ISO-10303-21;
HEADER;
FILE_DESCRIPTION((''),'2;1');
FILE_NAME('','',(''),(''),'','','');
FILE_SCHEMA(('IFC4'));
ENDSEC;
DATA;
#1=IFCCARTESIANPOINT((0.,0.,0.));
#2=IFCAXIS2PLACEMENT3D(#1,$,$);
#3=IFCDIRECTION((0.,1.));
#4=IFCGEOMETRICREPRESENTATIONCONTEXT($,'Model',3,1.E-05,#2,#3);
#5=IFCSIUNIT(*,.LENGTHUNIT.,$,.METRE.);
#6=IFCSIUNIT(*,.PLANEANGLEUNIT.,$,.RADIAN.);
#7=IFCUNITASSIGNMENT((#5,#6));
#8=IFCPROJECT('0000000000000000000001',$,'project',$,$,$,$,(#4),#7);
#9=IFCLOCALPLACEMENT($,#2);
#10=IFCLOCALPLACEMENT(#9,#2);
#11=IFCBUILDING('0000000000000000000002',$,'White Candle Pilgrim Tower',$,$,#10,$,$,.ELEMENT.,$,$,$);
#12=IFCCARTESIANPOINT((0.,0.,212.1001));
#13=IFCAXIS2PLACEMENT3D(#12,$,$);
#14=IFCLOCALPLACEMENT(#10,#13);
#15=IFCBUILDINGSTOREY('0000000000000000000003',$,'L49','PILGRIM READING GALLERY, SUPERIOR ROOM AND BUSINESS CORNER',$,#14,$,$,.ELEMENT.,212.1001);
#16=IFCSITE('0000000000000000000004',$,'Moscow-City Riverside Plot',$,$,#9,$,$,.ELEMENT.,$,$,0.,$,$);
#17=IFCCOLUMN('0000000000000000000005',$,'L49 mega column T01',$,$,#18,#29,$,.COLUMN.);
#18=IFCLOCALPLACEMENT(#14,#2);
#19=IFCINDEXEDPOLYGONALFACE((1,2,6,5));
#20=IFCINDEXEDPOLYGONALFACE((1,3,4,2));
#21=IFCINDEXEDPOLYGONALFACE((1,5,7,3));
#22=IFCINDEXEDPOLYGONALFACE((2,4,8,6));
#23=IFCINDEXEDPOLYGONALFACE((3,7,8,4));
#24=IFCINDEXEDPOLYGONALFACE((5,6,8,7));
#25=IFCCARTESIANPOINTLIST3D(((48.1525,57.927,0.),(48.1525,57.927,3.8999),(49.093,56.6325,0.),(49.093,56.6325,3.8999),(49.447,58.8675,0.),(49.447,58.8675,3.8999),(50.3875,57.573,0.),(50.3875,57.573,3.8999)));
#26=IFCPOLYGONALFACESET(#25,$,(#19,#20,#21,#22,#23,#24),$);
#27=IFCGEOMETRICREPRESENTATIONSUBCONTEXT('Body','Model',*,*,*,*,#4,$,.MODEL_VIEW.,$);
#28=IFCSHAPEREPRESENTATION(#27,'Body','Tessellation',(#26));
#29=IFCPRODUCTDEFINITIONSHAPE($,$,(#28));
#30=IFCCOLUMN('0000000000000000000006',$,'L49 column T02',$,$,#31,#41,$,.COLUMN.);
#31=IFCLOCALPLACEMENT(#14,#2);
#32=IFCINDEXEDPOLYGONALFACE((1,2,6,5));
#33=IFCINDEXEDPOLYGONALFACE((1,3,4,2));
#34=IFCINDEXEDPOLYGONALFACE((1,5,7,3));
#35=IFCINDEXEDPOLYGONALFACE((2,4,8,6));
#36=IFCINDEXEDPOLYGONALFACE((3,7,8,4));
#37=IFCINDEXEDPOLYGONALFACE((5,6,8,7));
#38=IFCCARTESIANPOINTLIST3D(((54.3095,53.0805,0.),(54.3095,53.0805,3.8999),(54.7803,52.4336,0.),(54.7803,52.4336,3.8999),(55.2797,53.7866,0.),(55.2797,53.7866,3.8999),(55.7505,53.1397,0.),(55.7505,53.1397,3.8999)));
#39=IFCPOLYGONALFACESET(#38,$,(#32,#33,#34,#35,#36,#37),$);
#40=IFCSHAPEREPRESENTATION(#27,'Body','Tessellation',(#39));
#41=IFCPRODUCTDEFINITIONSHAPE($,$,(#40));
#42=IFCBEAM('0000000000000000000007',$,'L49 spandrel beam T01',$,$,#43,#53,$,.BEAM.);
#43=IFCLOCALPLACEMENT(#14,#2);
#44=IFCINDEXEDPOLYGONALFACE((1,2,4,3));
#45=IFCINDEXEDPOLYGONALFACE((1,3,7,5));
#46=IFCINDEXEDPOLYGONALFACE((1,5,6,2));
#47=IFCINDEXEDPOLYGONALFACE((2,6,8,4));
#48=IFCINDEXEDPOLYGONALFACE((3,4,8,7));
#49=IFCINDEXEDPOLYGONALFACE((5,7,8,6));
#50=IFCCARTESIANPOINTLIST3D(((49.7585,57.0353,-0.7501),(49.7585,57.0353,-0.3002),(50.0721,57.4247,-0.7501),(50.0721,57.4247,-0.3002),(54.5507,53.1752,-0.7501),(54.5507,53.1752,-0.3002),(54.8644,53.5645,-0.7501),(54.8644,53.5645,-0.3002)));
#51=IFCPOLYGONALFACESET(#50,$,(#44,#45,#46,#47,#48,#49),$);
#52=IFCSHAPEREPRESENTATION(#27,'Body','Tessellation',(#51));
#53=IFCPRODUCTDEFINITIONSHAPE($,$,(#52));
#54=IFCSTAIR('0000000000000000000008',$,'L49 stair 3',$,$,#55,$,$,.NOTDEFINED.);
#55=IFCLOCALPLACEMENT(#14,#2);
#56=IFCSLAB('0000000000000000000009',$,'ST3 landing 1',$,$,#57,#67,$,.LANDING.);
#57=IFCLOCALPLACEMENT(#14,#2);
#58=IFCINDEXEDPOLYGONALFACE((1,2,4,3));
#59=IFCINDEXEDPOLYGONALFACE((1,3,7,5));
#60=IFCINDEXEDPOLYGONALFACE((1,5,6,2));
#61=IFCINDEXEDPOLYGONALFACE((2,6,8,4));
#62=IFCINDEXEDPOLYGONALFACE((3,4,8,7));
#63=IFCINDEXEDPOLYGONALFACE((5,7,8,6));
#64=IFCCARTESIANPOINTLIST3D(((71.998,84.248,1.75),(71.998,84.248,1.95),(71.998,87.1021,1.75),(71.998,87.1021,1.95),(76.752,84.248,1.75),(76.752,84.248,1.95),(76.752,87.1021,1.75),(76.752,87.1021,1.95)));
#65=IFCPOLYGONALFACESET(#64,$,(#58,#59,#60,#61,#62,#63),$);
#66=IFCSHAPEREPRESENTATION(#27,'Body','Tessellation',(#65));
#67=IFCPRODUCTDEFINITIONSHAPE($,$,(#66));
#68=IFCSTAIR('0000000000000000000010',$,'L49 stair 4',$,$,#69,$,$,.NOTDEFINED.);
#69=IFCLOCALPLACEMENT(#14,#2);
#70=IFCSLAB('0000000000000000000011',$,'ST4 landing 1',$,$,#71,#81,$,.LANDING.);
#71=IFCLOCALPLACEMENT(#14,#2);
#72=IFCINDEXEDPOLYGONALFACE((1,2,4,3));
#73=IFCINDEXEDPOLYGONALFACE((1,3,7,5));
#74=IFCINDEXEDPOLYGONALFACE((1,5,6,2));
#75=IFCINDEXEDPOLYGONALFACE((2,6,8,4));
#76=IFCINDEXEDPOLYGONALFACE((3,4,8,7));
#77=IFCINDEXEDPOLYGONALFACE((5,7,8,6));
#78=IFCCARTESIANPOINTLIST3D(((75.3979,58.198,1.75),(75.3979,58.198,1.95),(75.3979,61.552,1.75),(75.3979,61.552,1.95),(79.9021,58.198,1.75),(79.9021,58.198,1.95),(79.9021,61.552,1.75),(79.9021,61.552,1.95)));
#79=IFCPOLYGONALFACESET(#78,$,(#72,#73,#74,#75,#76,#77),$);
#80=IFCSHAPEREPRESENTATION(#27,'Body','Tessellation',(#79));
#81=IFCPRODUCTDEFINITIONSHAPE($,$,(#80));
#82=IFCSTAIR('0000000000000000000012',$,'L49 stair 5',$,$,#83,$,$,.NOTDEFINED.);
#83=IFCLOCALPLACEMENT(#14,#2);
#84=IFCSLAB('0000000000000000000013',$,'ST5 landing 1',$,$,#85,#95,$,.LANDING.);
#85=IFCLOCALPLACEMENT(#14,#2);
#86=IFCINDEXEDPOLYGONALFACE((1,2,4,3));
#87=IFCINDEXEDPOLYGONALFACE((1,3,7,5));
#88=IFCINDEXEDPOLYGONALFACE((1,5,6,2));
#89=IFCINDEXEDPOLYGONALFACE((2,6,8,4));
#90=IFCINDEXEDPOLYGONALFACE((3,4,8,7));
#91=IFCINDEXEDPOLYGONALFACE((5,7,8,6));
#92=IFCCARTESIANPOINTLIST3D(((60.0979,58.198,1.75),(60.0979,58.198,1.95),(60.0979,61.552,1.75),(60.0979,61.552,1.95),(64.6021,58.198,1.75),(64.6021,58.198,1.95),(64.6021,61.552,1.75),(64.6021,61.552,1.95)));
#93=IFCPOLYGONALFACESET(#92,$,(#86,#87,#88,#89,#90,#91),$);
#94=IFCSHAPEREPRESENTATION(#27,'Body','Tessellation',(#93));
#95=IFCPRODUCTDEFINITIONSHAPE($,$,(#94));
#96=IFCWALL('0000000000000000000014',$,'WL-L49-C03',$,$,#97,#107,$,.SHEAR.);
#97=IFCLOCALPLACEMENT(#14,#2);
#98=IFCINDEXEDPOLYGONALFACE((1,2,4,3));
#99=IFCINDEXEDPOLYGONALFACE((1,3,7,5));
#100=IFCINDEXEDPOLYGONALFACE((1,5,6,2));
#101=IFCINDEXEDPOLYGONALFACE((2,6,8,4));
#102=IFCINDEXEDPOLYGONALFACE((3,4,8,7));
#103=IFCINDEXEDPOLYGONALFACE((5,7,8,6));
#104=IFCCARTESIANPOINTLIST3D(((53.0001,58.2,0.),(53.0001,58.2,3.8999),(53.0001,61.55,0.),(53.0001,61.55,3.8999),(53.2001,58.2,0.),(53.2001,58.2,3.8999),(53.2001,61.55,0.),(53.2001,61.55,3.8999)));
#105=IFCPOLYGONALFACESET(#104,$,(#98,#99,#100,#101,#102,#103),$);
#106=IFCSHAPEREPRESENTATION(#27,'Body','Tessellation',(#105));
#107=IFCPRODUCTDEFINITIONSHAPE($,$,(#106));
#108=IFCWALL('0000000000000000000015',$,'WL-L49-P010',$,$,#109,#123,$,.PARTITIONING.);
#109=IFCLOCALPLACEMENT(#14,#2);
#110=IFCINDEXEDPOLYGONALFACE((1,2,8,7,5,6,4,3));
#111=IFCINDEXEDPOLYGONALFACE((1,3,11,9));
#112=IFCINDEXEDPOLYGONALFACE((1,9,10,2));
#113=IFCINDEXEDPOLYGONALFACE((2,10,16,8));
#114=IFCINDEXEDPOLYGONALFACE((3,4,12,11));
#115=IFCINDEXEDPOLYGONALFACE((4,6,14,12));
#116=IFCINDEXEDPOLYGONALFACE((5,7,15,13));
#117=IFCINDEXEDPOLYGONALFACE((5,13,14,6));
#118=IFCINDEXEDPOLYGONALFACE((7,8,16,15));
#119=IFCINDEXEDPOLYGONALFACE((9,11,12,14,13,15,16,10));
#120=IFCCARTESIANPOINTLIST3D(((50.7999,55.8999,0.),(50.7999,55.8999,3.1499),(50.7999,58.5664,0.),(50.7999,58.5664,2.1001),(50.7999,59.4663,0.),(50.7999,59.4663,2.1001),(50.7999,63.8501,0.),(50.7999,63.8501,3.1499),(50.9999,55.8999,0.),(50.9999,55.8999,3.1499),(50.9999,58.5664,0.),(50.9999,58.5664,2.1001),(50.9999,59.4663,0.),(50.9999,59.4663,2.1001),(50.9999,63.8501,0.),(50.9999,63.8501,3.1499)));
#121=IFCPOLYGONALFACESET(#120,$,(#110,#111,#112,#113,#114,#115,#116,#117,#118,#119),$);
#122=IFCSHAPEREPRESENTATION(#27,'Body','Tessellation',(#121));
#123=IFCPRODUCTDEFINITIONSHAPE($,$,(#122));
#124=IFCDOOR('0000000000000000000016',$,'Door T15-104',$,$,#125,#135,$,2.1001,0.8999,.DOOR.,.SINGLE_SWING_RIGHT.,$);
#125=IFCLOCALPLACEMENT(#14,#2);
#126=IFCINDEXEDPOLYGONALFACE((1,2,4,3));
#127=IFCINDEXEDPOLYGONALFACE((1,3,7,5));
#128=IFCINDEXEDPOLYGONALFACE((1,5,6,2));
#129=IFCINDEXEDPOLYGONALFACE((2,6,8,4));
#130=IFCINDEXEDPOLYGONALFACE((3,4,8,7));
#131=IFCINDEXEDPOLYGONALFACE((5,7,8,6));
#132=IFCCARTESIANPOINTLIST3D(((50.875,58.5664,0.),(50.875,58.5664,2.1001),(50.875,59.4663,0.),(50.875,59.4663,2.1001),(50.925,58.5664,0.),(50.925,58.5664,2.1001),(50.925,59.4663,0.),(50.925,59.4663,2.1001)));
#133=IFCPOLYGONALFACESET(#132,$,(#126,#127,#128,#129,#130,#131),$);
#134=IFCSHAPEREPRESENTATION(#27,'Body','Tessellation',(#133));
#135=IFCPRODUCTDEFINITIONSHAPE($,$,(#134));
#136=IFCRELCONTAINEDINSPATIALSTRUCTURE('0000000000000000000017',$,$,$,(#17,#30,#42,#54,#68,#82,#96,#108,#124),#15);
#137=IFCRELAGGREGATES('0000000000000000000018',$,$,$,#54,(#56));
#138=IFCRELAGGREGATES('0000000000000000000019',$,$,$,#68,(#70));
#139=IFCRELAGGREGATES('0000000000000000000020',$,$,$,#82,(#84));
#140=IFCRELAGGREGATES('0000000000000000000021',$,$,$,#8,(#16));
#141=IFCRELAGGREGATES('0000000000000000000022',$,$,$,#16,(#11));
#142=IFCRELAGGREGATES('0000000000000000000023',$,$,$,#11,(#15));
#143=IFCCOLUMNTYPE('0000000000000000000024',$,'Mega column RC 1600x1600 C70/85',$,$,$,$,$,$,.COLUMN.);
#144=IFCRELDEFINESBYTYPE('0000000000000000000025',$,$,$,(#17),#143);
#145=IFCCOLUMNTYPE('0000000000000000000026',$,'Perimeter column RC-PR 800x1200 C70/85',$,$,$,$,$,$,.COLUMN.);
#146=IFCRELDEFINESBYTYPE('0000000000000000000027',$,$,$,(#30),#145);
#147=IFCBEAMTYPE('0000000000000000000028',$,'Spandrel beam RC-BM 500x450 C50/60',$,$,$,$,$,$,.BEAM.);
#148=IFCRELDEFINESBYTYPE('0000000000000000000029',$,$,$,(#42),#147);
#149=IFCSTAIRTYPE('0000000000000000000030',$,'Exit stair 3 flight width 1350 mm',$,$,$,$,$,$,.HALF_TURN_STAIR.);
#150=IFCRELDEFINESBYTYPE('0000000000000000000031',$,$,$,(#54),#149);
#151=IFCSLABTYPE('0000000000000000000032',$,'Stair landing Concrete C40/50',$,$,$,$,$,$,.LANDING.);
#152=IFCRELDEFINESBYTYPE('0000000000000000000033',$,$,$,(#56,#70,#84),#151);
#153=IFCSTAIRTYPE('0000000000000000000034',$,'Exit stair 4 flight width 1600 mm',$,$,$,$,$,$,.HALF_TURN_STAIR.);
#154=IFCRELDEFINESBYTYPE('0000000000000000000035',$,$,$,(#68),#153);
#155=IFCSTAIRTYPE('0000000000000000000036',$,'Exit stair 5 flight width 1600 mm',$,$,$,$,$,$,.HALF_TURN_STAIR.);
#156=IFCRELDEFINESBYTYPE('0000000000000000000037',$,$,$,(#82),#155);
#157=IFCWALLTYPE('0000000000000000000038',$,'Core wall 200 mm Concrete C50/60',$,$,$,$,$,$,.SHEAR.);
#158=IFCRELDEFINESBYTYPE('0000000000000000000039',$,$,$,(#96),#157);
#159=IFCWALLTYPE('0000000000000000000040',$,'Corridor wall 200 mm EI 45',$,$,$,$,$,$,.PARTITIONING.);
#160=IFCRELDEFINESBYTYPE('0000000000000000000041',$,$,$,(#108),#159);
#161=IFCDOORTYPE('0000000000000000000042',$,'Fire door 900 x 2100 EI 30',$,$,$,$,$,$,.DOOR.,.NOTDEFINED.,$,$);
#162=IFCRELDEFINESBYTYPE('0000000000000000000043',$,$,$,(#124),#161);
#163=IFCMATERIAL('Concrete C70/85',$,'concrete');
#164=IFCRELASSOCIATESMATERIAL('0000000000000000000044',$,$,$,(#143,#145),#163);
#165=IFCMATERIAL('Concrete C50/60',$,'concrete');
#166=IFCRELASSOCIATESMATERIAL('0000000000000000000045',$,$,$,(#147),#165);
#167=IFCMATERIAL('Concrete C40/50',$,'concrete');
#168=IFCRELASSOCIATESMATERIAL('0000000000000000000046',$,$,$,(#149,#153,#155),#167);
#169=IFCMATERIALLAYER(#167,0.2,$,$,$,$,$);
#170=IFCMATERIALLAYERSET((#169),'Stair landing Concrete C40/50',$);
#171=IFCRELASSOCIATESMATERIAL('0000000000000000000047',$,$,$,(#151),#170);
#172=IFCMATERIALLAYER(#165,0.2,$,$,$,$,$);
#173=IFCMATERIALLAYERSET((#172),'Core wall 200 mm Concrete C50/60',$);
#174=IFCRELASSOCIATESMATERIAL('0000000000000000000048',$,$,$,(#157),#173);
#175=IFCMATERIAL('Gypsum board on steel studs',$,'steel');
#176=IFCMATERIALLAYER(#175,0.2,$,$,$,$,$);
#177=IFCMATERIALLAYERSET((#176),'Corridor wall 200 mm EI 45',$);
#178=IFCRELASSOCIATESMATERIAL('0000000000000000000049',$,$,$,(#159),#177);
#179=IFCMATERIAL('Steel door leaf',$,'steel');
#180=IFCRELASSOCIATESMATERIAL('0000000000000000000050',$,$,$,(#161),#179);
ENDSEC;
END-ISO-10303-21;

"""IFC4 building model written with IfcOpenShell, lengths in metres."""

from ifc_helpers import new_model, si_unit, direction, frame, frame_2d, origin, origin_2d, place, context, subcontext, project, spatial, polyline, rectangle, outline, extrude, material, layer, layer_set, material_profile, profile_set, type_object, element, fill, aggregate, save


model = new_model("IFC4")

# Units and contexts
model_context = context("Model", 3, precision=1e-05, world=origin(), true_north=direction((0.0, 1.0)))
body_context = subcontext(model_context, "Body", "Model", "MODEL_VIEW")
ifc_project = project(units=[si_unit("LENGTHUNIT", "METRE"), si_unit("PLANEANGLEUNIT", "RADIAN")], contexts=[model_context])

# Site, building, storey
site_placement = place(None, origin())
site = spatial("IfcSite", under=ifc_project, at=site_placement, Name="Moscow-City Riverside Plot", CompositionType="ELEMENT", RefElevation=0.0)
building_placement = place(site_placement, origin())
building = spatial("IfcBuilding", under=site, at=building_placement, Name="White Candle Pilgrim Tower", CompositionType="ELEMENT")
storey_placement = place(building_placement, frame((0.0, 0.0, 212.1001)))
storey = spatial("IfcBuildingStorey", under=building, at=storey_placement, Name="L49", Description="PILGRIM READING GALLERY, SUPERIOR ROOM AND BUSINESS CORNER", CompositionType="ELEMENT", Elevation=212.1001)

# Columns
ifc_material_1 = material(Name="Concrete C70/85", Category="concrete")
ifc_material_profile_1 = material_profile(ifc_material_1, rectangle(XDim=1.6001, YDim=1.6001, at=origin_2d()), Name="RC 1600x1600")
ifc_profile_set_1 = profile_set([ifc_material_profile_1], Name="Concrete C70/85")
column_type_1 = type_object("IfcColumnType", Name="Mega column RC 1600x1600 C70/85", PredefinedType="COLUMN", material=ifc_profile_set_1)
column_1_placement = place(storey_placement, frame((49.27, 57.75, 0.0), z_axis=(0.0, 0.0, 1.0), x_axis=(-0.809017, -0.587785, 0.0)))
element("IfcColumn", 1, at=column_1_placement, inside=storey, type_object=column_type_1, Name="L49 mega column T01", PredefinedType="COLUMN", context=body_context, shape_type="SweptSolid", body=[
    extrude(rectangle(XDim=1.6001, YDim=1.6001, at=origin_2d()), origin(), (0.0, 0.0, 1.0), 3.8999),
])
ifc_material_profile_2 = material_profile(ifc_material_1, rectangle(XDim=0.8, YDim=1.2, at=origin_2d()), Name="RC-PR 800x1200")
ifc_profile_set_2 = profile_set([ifc_material_profile_2], Name="Concrete C70/85")
column_type_2 = type_object("IfcColumnType", Name="Perimeter column RC-PR 800x1200 C70/85", PredefinedType="COLUMN", material=ifc_profile_set_2)
column_2_placement = place(storey_placement, frame((55.03, 53.1101, 0.0), z_axis=(0.0, 0.0, 1.0), x_axis=(-0.588463, 0.808524, 0.0)))
element("IfcColumn", 2, at=column_2_placement, inside=storey, type_object=column_type_2, Name="L49 column T02", PredefinedType="COLUMN", context=body_context, shape_type="SweptSolid", body=[
    extrude(rectangle(XDim=0.8, YDim=1.2, at=origin_2d()), origin(), (0.0, 0.0, 1.0), 3.8999),
])

# Beam
ifc_material_2 = material(Name="Concrete C50/60", Category="concrete")
ifc_material_profile_3 = material_profile(ifc_material_2, rectangle(XDim=0.5, YDim=0.45, at=origin_2d()), Name="RC-BM 500x450")
ifc_profile_set_3 = profile_set([ifc_material_profile_3], Name="Concrete C50/60")
beam_type = type_object("IfcBeamType", Name="Spandrel beam RC-BM 500x450 C50/60", PredefinedType="BEAM", material=ifc_profile_set_3)
beam_placement = place(storey_placement, frame((49.9153, 57.23, -0.5251), z_axis=(0.778778, -0.627299, 0.0), x_axis=(0.627299, 0.778778, 0.0)))
element("IfcBeam", 3, at=beam_placement, inside=storey, type_object=beam_type, Name="L49 spandrel beam T01", PredefinedType="BEAM", context=body_context, shape_type="SweptSolid", body=[
    extrude(rectangle(XDim=0.5, YDim=0.45, at=origin_2d()), origin(), (0.0, 0.0, 1.0), 6.1536),
])

# Stairs, slabs
ifc_material_3 = material(Name="Concrete C40/50", Category="concrete")
stair_type_1 = type_object("IfcStairType", Name="Exit stair 3 flight width 1350 mm", PredefinedType="HALF_TURN_STAIR", material=ifc_material_3)
stair_1_placement = place(storey_placement, origin())
stair_1 = element("IfcStair", 4, at=stair_1_placement, inside=storey, type_object=stair_type_1, Name="L49 stair 3", PredefinedType="NOTDEFINED")
ifc_layer_1 = layer(ifc_material_3, 0.2)
ifc_layer_set_1 = layer_set([ifc_layer_1], Name="Stair landing Concrete C40/50")
slab_type = type_object("IfcSlabType", Name="Stair landing Concrete C40/50", PredefinedType="LANDING", material=ifc_layer_set_1)
slab_1_placement = place(storey_placement, frame((0.0, 0.0, 1.75)))
slab_1 = element("IfcSlab", 5, at=slab_1_placement, type_object=slab_type, Name="ST3 landing 1", PredefinedType="LANDING", context=body_context, shape_type="SweptSolid", body=[
    extrude(outline(polyline([(71.998, 84.248), (71.998, 87.1021), (76.752, 87.1021), (76.752, 84.248), (71.998, 84.248)])), origin(), (0.0, 0.0, 1.0), 0.2),
])
aggregate(stair_1, [slab_1])
stair_type_2 = type_object("IfcStairType", Name="Exit stair 4 flight width 1600 mm", PredefinedType="HALF_TURN_STAIR", material=ifc_material_3)
stair_2_placement = place(storey_placement, origin())
stair_2 = element("IfcStair", 6, at=stair_2_placement, inside=storey, type_object=stair_type_2, Name="L49 stair 4", PredefinedType="NOTDEFINED")
slab_2_placement = place(storey_placement, frame((0.0, 0.0, 1.75)))
slab_2 = element("IfcSlab", 7, at=slab_2_placement, type_object=slab_type, Name="ST4 landing 1", PredefinedType="LANDING", context=body_context, shape_type="SweptSolid", body=[
    extrude(outline(polyline([(79.9021, 61.552), (79.9021, 58.198), (75.3979, 58.198), (75.3979, 61.552), (79.9021, 61.552)])), origin(), (0.0, 0.0, 1.0), 0.2),
])
aggregate(stair_2, [slab_2])
stair_type_3 = type_object("IfcStairType", Name="Exit stair 5 flight width 1600 mm", PredefinedType="HALF_TURN_STAIR", material=ifc_material_3)
stair_3_placement = place(storey_placement, origin())
stair_3 = element("IfcStair", 8, at=stair_3_placement, inside=storey, type_object=stair_type_3, Name="L49 stair 5", PredefinedType="NOTDEFINED")
slab_3_placement = place(storey_placement, frame((0.0, 0.0, 1.75)))
slab_3 = element("IfcSlab", 9, at=slab_3_placement, type_object=slab_type, Name="ST5 landing 1", PredefinedType="LANDING", context=body_context, shape_type="SweptSolid", body=[
    extrude(outline(polyline([(60.0979, 58.198), (60.0979, 61.552), (64.6021, 61.552), (64.6021, 58.198), (60.0979, 58.198)])), origin(), (0.0, 0.0, 1.0), 0.2),
])
aggregate(stair_3, [slab_3])

# Wall
ifc_layer_2 = layer(ifc_material_2, 0.2)
ifc_layer_set_2 = layer_set([ifc_layer_2], Name="Core wall 200 mm Concrete C50/60")
wall_type_1 = type_object("IfcWallType", Name="Core wall 200 mm Concrete C50/60", PredefinedType="SHEAR", material=ifc_layer_set_2)
wall_1_placement = place(storey_placement, frame((53.1001, 58.2, 0.0), z_axis=(0.0, 0.0, 1.0), x_axis=(0.0, 1.0, 0.0)))
element("IfcWall", 10, at=wall_1_placement, inside=storey, type_object=wall_type_1, Name="WL-L49-C03", PredefinedType="SHEAR", context=body_context, shape_type="SweptSolid", body=[
    extrude(rectangle(XDim=3.3501, YDim=0.2, at=frame_2d((1.675, 0.0))), origin(), (0.0, 0.0, 1.0), 3.8999),
])

# Wall, opening, door
ifc_material_4 = material(Name="Gypsum board on steel studs", Category="steel")
ifc_layer_3 = layer(ifc_material_4, 0.2)
ifc_layer_set_3 = layer_set([ifc_layer_3], Name="Corridor wall 200 mm EI 45")
wall_type_2 = type_object("IfcWallType", Name="Corridor wall 200 mm EI 45", PredefinedType="PARTITIONING", material=ifc_layer_set_3)
wall_2_placement = place(storey_placement, frame((50.8999, 55.8999, 0.0), z_axis=(0.0, 0.0, 1.0), x_axis=(0.0, 1.0, 0.0)))
wall_2 = element("IfcWall", 11, at=wall_2_placement, inside=storey, type_object=wall_type_2, Name="WL-L49-P010", PredefinedType="PARTITIONING", context=body_context, shape_type="SweptSolid", body=[
    extrude(rectangle(XDim=7.9502, YDim=0.2, at=frame_2d((3.9751, 0.0))), origin(), (0.0, 0.0, 1.0), 3.1499),
])
opening_1_placement = place(wall_2_placement, frame((2.6665, 0.0, 0.0)))
opening_1 = element("IfcOpeningElement", 12, at=opening_1_placement, cuts=wall_2, PredefinedType="OPENING", context=body_context, shape_type="SweptSolid", body=[
    extrude(rectangle(XDim=0.8999, YDim=2.1001, at=frame_2d((0.45, 1.05))), frame((0.0, 0.1099, 0.0), z_axis=(0.0, -1.0, 0.0), x_axis=(1.0, 0.0, 0.0)), (0.0, 0.0, 1.0), 0.22),
])
ifc_material_5 = material(Name="Steel door leaf", Category="steel")
door_type_1 = type_object("IfcDoorType", Name="Fire door 900 x 2100 EI 30", OperationType="NOTDEFINED", PredefinedType="DOOR", material=ifc_material_5)
door_1_placement = place(opening_1_placement, origin())
door_1 = element("IfcDoor", 13, at=door_1_placement, inside=storey, type_object=door_type_1, Name="Door T15-104", OperationType="SINGLE_SWING_RIGHT", OverallHeight=2.1001, OverallWidth=0.8999, PredefinedType="DOOR", context=body_context, shape_type="SweptSolid", body=[
    extrude(rectangle(XDim=0.8999, YDim=2.1001, at=frame_2d((0.45, 1.05))), frame((0.0, 0.0249, 0.0), z_axis=(0.0, -1.0, 0.0), x_axis=(1.0, 0.0, 0.0)), (0.0, 0.0, 1.0), 0.05),
])
fill(opening_1, door_1)

save(model, "model.ifc")
